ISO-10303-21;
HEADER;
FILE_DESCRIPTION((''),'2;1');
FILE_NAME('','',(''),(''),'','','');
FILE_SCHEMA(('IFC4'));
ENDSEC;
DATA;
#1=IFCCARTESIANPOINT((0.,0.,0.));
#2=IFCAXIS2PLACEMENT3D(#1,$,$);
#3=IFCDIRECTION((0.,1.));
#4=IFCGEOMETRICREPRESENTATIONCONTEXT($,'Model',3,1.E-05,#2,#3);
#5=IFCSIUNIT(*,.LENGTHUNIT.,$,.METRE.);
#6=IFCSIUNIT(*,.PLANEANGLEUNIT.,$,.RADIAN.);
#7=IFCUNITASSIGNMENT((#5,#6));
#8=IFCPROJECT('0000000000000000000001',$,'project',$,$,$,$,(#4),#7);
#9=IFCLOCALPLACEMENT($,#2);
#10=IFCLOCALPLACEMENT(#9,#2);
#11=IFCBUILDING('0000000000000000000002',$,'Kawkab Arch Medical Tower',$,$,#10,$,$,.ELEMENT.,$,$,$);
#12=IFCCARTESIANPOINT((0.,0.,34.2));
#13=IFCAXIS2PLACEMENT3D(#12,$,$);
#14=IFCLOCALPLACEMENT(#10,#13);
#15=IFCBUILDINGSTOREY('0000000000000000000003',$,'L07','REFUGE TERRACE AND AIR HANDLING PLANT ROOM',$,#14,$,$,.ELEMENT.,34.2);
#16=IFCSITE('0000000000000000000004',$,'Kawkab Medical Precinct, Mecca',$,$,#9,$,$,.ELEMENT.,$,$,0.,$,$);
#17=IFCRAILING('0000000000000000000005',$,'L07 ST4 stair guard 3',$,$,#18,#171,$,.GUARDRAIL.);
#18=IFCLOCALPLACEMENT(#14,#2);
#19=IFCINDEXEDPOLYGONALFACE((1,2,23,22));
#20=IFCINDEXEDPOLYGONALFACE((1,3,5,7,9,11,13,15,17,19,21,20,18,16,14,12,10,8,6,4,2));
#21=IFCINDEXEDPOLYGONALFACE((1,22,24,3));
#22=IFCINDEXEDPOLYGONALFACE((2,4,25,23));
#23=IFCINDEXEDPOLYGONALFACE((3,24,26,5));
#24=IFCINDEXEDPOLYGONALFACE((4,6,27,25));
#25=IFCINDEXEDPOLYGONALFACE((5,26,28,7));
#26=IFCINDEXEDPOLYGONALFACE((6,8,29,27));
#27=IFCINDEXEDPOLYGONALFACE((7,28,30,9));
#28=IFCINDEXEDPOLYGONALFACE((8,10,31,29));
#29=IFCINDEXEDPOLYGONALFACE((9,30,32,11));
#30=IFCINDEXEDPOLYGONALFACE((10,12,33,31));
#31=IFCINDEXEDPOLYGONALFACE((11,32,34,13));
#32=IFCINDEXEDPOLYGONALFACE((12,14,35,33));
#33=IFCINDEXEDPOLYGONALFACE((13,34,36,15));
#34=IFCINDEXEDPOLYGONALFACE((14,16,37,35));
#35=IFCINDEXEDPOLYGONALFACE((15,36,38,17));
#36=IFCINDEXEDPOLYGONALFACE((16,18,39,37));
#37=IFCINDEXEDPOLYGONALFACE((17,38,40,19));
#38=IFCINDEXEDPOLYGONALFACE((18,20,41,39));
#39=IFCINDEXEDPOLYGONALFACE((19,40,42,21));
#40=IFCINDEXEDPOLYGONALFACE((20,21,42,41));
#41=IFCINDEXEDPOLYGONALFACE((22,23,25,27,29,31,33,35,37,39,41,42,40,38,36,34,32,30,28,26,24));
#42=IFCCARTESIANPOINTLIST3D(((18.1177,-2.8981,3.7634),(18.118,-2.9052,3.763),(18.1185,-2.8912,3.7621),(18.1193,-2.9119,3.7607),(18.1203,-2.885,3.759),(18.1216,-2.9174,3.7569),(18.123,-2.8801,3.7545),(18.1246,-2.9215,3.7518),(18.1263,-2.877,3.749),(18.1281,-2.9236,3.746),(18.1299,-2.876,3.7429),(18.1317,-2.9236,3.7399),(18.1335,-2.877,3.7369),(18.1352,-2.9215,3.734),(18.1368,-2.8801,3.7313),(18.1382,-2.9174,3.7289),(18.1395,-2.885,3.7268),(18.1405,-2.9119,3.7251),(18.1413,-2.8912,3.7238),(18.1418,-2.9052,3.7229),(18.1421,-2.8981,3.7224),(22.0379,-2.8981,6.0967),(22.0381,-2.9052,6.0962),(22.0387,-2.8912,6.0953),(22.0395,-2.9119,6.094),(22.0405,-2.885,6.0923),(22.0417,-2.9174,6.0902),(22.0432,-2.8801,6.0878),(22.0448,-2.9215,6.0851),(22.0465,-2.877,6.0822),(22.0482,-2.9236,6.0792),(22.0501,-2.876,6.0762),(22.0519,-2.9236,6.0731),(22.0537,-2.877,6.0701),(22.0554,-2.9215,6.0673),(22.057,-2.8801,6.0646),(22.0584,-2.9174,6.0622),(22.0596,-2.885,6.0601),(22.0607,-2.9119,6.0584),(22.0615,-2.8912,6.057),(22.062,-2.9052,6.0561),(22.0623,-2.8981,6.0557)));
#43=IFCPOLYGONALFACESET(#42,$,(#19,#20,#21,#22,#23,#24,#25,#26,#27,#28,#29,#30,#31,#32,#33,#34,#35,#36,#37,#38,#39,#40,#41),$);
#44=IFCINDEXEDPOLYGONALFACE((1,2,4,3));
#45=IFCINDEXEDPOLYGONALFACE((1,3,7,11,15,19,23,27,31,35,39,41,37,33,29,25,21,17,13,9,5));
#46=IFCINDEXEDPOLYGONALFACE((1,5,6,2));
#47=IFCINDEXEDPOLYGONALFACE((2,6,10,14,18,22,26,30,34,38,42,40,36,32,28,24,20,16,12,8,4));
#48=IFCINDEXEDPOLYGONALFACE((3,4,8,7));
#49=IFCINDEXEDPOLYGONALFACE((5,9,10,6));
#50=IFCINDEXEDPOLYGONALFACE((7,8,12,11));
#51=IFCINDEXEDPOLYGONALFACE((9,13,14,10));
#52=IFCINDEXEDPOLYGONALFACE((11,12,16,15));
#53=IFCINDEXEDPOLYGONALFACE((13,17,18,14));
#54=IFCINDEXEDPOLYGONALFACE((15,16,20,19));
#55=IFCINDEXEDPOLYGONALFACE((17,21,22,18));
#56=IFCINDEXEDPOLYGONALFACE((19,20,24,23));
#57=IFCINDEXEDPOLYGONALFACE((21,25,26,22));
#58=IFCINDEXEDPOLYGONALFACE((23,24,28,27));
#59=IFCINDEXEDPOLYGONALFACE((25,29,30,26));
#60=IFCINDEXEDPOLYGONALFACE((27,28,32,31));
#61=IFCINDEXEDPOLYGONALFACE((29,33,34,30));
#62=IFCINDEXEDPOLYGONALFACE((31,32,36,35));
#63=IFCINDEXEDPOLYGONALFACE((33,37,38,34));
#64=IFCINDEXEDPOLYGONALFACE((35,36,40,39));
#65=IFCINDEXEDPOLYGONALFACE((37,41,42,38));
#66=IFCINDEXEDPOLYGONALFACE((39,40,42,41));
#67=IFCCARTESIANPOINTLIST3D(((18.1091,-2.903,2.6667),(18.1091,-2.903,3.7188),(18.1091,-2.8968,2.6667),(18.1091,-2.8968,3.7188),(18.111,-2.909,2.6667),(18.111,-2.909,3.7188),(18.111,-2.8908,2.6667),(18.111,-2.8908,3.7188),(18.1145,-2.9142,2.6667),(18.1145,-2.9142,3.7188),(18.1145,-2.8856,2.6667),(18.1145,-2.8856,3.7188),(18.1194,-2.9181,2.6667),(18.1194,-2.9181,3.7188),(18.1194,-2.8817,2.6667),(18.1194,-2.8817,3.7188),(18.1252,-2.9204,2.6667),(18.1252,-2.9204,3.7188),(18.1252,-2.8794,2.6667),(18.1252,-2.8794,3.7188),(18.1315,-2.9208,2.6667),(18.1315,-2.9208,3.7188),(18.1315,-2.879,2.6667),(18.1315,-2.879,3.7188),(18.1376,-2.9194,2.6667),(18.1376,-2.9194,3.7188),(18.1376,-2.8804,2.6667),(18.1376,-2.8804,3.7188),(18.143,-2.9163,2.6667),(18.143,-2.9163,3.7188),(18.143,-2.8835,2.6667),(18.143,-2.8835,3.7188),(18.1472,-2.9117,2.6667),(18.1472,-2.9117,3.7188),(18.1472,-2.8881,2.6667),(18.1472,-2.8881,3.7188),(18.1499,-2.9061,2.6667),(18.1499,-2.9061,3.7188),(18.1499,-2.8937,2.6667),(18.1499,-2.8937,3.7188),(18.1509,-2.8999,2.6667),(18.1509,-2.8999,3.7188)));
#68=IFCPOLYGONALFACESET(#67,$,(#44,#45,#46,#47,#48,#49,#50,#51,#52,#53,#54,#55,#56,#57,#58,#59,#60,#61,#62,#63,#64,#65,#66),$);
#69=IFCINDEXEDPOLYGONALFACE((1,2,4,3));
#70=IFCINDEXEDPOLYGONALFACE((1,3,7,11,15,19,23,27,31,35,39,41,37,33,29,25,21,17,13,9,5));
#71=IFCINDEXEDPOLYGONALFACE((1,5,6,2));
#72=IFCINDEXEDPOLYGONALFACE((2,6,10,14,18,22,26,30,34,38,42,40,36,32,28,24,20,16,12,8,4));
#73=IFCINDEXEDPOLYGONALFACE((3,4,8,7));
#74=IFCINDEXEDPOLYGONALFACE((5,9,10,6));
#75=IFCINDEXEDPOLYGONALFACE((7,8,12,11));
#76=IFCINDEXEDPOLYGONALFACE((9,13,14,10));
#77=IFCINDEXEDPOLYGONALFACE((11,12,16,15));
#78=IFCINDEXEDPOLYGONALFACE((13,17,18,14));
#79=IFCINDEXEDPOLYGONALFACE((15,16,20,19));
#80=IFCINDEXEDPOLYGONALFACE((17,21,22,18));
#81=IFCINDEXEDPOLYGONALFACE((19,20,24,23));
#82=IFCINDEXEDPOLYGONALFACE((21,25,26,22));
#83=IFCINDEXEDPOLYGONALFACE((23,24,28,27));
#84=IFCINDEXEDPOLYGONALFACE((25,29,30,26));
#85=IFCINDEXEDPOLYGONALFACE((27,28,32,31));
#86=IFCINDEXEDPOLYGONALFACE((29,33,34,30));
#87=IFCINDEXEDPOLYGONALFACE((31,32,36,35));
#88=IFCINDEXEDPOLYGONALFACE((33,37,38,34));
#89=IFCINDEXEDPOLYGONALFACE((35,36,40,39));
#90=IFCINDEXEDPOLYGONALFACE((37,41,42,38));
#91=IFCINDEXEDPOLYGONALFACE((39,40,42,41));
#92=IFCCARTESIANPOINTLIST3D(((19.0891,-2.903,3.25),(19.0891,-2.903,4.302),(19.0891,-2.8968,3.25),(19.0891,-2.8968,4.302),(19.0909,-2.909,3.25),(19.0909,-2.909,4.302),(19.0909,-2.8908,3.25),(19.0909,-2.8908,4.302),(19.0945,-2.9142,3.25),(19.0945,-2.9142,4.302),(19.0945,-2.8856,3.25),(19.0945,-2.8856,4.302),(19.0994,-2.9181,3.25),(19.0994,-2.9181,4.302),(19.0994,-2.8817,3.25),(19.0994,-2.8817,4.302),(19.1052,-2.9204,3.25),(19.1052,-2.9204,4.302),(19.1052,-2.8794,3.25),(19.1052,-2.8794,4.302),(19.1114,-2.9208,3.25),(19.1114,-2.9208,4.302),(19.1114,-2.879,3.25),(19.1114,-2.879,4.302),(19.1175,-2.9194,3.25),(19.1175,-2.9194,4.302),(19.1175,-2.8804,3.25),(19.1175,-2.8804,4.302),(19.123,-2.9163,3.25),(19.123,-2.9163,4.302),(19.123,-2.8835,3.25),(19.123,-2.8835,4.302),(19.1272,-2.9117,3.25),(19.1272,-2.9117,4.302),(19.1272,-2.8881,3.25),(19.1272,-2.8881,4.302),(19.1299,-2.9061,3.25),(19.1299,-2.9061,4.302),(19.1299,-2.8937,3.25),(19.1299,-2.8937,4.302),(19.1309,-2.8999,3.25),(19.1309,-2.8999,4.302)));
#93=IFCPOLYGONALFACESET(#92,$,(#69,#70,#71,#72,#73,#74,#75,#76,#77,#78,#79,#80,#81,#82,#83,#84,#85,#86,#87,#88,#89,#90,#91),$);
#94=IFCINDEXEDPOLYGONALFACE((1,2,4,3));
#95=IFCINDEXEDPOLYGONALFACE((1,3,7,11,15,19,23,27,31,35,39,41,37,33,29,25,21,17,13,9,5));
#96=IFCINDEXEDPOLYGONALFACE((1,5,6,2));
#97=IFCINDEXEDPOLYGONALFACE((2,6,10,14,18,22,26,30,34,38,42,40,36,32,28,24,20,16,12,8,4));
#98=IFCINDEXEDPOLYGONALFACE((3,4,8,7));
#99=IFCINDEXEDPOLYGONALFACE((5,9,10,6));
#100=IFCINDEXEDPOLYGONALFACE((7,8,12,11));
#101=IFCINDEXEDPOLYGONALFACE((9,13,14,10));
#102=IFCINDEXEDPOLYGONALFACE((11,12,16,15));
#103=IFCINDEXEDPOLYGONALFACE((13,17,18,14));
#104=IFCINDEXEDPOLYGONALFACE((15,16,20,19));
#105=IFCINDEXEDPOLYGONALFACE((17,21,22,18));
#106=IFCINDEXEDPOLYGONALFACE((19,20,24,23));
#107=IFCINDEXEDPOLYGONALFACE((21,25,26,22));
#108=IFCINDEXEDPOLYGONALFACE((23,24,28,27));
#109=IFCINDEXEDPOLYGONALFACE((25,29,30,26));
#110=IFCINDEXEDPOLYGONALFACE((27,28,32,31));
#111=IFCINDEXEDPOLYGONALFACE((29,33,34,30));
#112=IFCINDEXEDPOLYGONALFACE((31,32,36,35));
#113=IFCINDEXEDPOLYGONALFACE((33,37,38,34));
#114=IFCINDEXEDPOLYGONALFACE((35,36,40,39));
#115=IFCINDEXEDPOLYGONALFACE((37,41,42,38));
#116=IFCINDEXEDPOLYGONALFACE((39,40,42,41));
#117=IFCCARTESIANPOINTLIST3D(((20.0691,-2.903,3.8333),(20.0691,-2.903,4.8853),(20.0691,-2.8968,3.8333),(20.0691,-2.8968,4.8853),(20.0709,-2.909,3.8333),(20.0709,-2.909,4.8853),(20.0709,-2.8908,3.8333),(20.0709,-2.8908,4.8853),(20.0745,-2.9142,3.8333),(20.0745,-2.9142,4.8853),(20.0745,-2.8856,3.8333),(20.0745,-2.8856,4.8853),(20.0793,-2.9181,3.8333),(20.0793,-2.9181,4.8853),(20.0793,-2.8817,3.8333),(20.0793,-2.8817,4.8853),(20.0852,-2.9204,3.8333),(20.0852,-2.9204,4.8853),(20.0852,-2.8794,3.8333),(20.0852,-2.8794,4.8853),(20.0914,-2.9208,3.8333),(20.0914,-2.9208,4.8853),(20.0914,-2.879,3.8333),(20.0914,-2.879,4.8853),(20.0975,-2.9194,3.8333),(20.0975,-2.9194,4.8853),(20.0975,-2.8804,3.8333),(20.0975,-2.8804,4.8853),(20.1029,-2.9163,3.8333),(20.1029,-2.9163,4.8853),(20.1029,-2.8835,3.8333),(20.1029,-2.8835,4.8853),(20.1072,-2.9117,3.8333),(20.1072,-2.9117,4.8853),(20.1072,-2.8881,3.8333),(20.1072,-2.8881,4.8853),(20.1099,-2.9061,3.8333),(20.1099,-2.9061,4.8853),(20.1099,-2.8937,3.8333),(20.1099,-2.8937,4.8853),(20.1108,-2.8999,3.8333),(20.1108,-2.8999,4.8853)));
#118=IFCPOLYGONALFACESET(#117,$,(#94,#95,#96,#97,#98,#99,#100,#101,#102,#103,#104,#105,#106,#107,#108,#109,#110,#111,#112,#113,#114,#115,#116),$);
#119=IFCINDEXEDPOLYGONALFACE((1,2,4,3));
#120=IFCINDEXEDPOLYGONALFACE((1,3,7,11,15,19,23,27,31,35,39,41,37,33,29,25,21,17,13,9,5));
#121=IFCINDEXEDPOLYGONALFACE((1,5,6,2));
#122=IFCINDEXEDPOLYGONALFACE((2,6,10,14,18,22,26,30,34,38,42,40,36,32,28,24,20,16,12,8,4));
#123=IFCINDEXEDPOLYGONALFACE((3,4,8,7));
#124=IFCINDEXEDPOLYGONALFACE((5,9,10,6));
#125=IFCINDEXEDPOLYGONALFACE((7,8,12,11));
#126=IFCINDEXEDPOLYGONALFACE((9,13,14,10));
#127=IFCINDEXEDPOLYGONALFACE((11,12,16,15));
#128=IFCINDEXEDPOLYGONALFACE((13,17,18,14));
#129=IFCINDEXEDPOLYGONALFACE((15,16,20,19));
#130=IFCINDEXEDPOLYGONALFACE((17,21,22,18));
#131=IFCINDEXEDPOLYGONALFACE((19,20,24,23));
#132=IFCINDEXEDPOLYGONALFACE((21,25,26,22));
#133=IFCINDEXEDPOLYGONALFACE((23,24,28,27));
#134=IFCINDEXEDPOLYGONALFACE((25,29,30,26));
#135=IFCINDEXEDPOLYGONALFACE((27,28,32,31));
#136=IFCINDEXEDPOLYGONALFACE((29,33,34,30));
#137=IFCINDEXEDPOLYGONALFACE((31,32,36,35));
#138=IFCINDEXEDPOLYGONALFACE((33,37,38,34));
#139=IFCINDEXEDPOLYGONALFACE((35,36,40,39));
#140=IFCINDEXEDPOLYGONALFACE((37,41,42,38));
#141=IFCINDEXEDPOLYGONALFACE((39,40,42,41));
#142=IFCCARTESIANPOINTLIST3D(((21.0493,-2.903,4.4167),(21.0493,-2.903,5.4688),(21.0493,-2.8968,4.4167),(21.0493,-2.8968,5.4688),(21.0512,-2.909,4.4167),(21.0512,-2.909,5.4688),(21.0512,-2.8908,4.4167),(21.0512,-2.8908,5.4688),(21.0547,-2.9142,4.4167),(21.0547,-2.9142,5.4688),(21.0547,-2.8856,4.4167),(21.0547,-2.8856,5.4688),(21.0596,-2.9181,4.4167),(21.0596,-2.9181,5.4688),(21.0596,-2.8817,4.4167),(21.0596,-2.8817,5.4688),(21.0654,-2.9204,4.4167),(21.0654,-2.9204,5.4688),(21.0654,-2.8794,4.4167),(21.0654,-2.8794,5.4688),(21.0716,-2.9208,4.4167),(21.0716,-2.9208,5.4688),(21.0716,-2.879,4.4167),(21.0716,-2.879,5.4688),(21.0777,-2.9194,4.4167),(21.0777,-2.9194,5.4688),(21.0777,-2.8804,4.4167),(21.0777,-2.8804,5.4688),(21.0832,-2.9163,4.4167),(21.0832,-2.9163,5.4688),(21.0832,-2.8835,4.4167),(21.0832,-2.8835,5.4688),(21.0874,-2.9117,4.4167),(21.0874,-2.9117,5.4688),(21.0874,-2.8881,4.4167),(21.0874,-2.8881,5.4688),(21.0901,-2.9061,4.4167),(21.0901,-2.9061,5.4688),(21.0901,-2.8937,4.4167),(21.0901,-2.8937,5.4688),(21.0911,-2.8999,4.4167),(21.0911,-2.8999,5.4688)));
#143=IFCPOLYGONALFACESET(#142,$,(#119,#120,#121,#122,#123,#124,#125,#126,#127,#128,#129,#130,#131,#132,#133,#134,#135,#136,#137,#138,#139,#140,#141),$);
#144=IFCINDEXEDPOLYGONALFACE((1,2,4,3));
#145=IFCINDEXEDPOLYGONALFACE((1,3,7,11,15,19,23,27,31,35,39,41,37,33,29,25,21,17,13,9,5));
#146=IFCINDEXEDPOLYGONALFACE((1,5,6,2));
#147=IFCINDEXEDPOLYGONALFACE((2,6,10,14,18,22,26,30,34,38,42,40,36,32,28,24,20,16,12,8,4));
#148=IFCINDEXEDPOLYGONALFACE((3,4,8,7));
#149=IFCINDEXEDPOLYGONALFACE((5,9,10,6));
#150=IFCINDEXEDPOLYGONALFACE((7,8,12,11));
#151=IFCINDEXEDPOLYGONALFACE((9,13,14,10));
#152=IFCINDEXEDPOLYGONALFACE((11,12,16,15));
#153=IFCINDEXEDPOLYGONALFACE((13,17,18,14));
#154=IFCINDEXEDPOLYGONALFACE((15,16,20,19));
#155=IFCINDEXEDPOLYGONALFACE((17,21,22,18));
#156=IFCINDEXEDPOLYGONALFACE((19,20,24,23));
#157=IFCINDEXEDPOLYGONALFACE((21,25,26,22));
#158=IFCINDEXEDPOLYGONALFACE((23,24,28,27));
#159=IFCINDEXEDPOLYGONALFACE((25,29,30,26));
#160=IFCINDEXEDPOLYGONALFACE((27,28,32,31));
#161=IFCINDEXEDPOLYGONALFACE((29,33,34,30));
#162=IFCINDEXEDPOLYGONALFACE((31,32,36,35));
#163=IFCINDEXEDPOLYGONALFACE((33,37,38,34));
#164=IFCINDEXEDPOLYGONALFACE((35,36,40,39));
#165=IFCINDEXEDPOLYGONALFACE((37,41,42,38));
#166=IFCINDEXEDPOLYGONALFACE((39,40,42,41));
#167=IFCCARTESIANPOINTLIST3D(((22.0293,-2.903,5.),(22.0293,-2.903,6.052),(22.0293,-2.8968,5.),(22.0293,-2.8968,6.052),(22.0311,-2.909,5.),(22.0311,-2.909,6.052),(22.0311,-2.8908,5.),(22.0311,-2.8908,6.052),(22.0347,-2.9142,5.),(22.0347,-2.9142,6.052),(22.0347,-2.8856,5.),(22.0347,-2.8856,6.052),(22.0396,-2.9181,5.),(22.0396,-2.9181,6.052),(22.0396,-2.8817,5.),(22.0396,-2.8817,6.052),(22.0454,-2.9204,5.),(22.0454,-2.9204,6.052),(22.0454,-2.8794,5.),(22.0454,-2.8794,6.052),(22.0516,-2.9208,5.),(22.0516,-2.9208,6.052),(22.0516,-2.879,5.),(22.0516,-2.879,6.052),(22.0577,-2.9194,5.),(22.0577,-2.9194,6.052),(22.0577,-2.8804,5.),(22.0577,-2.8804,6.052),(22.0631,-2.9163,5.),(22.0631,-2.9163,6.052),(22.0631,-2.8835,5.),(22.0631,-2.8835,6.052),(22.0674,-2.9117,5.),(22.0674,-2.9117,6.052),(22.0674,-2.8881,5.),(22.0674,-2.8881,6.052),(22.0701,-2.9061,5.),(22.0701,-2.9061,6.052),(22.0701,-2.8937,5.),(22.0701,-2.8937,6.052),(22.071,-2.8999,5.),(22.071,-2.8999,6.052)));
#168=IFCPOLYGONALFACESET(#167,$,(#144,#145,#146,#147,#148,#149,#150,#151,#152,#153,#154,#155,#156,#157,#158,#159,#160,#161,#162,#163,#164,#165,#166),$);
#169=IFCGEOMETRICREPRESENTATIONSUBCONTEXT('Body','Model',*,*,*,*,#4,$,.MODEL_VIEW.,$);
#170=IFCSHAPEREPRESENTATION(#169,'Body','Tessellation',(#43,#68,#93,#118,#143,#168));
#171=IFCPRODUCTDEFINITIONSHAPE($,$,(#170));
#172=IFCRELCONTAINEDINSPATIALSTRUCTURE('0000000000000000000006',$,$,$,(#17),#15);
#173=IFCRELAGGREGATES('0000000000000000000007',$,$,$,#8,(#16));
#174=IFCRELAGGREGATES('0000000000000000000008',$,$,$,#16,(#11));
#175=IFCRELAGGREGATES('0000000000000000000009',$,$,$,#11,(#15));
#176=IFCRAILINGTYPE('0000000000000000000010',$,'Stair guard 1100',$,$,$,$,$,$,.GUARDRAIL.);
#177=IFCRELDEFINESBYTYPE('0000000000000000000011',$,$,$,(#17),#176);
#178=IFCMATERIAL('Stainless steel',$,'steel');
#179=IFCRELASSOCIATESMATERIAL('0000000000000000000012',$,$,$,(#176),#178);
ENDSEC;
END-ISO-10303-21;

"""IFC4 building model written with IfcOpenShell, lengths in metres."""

from ifc_helpers import new_model, si_unit, direction, frame, origin, origin_2d, place, context, subcontext, project, spatial, circle, extrude, material, type_object, element, save


model = new_model("IFC4")

# Units and contexts
model_context = context("Model", 3, precision=1e-05, world=origin(), true_north=direction((0.0, 1.0)))
body_context = subcontext(model_context, "Body", "Model", "MODEL_VIEW")
ifc_project = project(units=[si_unit("LENGTHUNIT", "METRE"), si_unit("PLANEANGLEUNIT", "RADIAN")], contexts=[model_context])

# Site, building, storey
site_placement = place(None, origin())
site = spatial("IfcSite", under=ifc_project, at=site_placement, Name="Kawkab Medical Precinct, Mecca", CompositionType="ELEMENT", RefElevation=0.0)
building_placement = place(site_placement, origin())
building = spatial("IfcBuilding", under=site, at=building_placement, Name="Kawkab Arch Medical Tower", CompositionType="ELEMENT")
storey_placement = place(building_placement, frame((0.0, 0.0, 34.2)))
storey = spatial("IfcBuildingStorey", under=building, at=storey_placement, Name="L07", Description="REFUGE TERRACE AND AIR HANDLING PLANT ROOM", CompositionType="ELEMENT", Elevation=34.2)

# Railing
ifc_material_1 = material(Name="Stainless steel", Category="steel")
railing_type = type_object("IfcRailingType", Name="Stair guard 1100", PredefinedType="GUARDRAIL", material=ifc_material_1)
railing_1_placement = place(storey_placement, frame((18.1299, -2.8999, 2.6667)))
element("IfcRailing", 1, at=railing_1_placement, inside=storey, type_object=railing_type, Name="L07 ST4 stair guard 3", PredefinedType="GUARDRAIL", context=body_context, shape_type="SweptSolid", body=[
    extrude(circle(Radius=0.0239, at=origin_2d()), frame((0.0, 0.0, 1.0762), z_axis=(0.85931, 0.0, 0.511455), x_axis=(0.0, 1.0, 0.0)), (0.0, 0.0, 1.0), 4.562),
    extrude(circle(Radius=0.021, at=origin_2d()), origin(), (0.0, 0.0, 1.0), 1.052),
    extrude(circle(Radius=0.021, at=origin_2d()), frame((0.98, 0.0, 0.5833)), (0.0, 0.0, 1.0), 1.052),
    extrude(circle(Radius=0.021, at=origin_2d()), frame((1.96, 0.0, 1.1665)), (0.0, 0.0, 1.0), 1.052),
    extrude(circle(Radius=0.021, at=origin_2d()), frame((2.9402, 0.0, 1.75)), (0.0, 0.0, 1.0), 1.052),
    extrude(circle(Radius=0.021, at=origin_2d()), frame((3.9202, 0.0, 2.3333)), (0.0, 0.0, 1.0), 1.052),
])

save(model, "model.ifc")
